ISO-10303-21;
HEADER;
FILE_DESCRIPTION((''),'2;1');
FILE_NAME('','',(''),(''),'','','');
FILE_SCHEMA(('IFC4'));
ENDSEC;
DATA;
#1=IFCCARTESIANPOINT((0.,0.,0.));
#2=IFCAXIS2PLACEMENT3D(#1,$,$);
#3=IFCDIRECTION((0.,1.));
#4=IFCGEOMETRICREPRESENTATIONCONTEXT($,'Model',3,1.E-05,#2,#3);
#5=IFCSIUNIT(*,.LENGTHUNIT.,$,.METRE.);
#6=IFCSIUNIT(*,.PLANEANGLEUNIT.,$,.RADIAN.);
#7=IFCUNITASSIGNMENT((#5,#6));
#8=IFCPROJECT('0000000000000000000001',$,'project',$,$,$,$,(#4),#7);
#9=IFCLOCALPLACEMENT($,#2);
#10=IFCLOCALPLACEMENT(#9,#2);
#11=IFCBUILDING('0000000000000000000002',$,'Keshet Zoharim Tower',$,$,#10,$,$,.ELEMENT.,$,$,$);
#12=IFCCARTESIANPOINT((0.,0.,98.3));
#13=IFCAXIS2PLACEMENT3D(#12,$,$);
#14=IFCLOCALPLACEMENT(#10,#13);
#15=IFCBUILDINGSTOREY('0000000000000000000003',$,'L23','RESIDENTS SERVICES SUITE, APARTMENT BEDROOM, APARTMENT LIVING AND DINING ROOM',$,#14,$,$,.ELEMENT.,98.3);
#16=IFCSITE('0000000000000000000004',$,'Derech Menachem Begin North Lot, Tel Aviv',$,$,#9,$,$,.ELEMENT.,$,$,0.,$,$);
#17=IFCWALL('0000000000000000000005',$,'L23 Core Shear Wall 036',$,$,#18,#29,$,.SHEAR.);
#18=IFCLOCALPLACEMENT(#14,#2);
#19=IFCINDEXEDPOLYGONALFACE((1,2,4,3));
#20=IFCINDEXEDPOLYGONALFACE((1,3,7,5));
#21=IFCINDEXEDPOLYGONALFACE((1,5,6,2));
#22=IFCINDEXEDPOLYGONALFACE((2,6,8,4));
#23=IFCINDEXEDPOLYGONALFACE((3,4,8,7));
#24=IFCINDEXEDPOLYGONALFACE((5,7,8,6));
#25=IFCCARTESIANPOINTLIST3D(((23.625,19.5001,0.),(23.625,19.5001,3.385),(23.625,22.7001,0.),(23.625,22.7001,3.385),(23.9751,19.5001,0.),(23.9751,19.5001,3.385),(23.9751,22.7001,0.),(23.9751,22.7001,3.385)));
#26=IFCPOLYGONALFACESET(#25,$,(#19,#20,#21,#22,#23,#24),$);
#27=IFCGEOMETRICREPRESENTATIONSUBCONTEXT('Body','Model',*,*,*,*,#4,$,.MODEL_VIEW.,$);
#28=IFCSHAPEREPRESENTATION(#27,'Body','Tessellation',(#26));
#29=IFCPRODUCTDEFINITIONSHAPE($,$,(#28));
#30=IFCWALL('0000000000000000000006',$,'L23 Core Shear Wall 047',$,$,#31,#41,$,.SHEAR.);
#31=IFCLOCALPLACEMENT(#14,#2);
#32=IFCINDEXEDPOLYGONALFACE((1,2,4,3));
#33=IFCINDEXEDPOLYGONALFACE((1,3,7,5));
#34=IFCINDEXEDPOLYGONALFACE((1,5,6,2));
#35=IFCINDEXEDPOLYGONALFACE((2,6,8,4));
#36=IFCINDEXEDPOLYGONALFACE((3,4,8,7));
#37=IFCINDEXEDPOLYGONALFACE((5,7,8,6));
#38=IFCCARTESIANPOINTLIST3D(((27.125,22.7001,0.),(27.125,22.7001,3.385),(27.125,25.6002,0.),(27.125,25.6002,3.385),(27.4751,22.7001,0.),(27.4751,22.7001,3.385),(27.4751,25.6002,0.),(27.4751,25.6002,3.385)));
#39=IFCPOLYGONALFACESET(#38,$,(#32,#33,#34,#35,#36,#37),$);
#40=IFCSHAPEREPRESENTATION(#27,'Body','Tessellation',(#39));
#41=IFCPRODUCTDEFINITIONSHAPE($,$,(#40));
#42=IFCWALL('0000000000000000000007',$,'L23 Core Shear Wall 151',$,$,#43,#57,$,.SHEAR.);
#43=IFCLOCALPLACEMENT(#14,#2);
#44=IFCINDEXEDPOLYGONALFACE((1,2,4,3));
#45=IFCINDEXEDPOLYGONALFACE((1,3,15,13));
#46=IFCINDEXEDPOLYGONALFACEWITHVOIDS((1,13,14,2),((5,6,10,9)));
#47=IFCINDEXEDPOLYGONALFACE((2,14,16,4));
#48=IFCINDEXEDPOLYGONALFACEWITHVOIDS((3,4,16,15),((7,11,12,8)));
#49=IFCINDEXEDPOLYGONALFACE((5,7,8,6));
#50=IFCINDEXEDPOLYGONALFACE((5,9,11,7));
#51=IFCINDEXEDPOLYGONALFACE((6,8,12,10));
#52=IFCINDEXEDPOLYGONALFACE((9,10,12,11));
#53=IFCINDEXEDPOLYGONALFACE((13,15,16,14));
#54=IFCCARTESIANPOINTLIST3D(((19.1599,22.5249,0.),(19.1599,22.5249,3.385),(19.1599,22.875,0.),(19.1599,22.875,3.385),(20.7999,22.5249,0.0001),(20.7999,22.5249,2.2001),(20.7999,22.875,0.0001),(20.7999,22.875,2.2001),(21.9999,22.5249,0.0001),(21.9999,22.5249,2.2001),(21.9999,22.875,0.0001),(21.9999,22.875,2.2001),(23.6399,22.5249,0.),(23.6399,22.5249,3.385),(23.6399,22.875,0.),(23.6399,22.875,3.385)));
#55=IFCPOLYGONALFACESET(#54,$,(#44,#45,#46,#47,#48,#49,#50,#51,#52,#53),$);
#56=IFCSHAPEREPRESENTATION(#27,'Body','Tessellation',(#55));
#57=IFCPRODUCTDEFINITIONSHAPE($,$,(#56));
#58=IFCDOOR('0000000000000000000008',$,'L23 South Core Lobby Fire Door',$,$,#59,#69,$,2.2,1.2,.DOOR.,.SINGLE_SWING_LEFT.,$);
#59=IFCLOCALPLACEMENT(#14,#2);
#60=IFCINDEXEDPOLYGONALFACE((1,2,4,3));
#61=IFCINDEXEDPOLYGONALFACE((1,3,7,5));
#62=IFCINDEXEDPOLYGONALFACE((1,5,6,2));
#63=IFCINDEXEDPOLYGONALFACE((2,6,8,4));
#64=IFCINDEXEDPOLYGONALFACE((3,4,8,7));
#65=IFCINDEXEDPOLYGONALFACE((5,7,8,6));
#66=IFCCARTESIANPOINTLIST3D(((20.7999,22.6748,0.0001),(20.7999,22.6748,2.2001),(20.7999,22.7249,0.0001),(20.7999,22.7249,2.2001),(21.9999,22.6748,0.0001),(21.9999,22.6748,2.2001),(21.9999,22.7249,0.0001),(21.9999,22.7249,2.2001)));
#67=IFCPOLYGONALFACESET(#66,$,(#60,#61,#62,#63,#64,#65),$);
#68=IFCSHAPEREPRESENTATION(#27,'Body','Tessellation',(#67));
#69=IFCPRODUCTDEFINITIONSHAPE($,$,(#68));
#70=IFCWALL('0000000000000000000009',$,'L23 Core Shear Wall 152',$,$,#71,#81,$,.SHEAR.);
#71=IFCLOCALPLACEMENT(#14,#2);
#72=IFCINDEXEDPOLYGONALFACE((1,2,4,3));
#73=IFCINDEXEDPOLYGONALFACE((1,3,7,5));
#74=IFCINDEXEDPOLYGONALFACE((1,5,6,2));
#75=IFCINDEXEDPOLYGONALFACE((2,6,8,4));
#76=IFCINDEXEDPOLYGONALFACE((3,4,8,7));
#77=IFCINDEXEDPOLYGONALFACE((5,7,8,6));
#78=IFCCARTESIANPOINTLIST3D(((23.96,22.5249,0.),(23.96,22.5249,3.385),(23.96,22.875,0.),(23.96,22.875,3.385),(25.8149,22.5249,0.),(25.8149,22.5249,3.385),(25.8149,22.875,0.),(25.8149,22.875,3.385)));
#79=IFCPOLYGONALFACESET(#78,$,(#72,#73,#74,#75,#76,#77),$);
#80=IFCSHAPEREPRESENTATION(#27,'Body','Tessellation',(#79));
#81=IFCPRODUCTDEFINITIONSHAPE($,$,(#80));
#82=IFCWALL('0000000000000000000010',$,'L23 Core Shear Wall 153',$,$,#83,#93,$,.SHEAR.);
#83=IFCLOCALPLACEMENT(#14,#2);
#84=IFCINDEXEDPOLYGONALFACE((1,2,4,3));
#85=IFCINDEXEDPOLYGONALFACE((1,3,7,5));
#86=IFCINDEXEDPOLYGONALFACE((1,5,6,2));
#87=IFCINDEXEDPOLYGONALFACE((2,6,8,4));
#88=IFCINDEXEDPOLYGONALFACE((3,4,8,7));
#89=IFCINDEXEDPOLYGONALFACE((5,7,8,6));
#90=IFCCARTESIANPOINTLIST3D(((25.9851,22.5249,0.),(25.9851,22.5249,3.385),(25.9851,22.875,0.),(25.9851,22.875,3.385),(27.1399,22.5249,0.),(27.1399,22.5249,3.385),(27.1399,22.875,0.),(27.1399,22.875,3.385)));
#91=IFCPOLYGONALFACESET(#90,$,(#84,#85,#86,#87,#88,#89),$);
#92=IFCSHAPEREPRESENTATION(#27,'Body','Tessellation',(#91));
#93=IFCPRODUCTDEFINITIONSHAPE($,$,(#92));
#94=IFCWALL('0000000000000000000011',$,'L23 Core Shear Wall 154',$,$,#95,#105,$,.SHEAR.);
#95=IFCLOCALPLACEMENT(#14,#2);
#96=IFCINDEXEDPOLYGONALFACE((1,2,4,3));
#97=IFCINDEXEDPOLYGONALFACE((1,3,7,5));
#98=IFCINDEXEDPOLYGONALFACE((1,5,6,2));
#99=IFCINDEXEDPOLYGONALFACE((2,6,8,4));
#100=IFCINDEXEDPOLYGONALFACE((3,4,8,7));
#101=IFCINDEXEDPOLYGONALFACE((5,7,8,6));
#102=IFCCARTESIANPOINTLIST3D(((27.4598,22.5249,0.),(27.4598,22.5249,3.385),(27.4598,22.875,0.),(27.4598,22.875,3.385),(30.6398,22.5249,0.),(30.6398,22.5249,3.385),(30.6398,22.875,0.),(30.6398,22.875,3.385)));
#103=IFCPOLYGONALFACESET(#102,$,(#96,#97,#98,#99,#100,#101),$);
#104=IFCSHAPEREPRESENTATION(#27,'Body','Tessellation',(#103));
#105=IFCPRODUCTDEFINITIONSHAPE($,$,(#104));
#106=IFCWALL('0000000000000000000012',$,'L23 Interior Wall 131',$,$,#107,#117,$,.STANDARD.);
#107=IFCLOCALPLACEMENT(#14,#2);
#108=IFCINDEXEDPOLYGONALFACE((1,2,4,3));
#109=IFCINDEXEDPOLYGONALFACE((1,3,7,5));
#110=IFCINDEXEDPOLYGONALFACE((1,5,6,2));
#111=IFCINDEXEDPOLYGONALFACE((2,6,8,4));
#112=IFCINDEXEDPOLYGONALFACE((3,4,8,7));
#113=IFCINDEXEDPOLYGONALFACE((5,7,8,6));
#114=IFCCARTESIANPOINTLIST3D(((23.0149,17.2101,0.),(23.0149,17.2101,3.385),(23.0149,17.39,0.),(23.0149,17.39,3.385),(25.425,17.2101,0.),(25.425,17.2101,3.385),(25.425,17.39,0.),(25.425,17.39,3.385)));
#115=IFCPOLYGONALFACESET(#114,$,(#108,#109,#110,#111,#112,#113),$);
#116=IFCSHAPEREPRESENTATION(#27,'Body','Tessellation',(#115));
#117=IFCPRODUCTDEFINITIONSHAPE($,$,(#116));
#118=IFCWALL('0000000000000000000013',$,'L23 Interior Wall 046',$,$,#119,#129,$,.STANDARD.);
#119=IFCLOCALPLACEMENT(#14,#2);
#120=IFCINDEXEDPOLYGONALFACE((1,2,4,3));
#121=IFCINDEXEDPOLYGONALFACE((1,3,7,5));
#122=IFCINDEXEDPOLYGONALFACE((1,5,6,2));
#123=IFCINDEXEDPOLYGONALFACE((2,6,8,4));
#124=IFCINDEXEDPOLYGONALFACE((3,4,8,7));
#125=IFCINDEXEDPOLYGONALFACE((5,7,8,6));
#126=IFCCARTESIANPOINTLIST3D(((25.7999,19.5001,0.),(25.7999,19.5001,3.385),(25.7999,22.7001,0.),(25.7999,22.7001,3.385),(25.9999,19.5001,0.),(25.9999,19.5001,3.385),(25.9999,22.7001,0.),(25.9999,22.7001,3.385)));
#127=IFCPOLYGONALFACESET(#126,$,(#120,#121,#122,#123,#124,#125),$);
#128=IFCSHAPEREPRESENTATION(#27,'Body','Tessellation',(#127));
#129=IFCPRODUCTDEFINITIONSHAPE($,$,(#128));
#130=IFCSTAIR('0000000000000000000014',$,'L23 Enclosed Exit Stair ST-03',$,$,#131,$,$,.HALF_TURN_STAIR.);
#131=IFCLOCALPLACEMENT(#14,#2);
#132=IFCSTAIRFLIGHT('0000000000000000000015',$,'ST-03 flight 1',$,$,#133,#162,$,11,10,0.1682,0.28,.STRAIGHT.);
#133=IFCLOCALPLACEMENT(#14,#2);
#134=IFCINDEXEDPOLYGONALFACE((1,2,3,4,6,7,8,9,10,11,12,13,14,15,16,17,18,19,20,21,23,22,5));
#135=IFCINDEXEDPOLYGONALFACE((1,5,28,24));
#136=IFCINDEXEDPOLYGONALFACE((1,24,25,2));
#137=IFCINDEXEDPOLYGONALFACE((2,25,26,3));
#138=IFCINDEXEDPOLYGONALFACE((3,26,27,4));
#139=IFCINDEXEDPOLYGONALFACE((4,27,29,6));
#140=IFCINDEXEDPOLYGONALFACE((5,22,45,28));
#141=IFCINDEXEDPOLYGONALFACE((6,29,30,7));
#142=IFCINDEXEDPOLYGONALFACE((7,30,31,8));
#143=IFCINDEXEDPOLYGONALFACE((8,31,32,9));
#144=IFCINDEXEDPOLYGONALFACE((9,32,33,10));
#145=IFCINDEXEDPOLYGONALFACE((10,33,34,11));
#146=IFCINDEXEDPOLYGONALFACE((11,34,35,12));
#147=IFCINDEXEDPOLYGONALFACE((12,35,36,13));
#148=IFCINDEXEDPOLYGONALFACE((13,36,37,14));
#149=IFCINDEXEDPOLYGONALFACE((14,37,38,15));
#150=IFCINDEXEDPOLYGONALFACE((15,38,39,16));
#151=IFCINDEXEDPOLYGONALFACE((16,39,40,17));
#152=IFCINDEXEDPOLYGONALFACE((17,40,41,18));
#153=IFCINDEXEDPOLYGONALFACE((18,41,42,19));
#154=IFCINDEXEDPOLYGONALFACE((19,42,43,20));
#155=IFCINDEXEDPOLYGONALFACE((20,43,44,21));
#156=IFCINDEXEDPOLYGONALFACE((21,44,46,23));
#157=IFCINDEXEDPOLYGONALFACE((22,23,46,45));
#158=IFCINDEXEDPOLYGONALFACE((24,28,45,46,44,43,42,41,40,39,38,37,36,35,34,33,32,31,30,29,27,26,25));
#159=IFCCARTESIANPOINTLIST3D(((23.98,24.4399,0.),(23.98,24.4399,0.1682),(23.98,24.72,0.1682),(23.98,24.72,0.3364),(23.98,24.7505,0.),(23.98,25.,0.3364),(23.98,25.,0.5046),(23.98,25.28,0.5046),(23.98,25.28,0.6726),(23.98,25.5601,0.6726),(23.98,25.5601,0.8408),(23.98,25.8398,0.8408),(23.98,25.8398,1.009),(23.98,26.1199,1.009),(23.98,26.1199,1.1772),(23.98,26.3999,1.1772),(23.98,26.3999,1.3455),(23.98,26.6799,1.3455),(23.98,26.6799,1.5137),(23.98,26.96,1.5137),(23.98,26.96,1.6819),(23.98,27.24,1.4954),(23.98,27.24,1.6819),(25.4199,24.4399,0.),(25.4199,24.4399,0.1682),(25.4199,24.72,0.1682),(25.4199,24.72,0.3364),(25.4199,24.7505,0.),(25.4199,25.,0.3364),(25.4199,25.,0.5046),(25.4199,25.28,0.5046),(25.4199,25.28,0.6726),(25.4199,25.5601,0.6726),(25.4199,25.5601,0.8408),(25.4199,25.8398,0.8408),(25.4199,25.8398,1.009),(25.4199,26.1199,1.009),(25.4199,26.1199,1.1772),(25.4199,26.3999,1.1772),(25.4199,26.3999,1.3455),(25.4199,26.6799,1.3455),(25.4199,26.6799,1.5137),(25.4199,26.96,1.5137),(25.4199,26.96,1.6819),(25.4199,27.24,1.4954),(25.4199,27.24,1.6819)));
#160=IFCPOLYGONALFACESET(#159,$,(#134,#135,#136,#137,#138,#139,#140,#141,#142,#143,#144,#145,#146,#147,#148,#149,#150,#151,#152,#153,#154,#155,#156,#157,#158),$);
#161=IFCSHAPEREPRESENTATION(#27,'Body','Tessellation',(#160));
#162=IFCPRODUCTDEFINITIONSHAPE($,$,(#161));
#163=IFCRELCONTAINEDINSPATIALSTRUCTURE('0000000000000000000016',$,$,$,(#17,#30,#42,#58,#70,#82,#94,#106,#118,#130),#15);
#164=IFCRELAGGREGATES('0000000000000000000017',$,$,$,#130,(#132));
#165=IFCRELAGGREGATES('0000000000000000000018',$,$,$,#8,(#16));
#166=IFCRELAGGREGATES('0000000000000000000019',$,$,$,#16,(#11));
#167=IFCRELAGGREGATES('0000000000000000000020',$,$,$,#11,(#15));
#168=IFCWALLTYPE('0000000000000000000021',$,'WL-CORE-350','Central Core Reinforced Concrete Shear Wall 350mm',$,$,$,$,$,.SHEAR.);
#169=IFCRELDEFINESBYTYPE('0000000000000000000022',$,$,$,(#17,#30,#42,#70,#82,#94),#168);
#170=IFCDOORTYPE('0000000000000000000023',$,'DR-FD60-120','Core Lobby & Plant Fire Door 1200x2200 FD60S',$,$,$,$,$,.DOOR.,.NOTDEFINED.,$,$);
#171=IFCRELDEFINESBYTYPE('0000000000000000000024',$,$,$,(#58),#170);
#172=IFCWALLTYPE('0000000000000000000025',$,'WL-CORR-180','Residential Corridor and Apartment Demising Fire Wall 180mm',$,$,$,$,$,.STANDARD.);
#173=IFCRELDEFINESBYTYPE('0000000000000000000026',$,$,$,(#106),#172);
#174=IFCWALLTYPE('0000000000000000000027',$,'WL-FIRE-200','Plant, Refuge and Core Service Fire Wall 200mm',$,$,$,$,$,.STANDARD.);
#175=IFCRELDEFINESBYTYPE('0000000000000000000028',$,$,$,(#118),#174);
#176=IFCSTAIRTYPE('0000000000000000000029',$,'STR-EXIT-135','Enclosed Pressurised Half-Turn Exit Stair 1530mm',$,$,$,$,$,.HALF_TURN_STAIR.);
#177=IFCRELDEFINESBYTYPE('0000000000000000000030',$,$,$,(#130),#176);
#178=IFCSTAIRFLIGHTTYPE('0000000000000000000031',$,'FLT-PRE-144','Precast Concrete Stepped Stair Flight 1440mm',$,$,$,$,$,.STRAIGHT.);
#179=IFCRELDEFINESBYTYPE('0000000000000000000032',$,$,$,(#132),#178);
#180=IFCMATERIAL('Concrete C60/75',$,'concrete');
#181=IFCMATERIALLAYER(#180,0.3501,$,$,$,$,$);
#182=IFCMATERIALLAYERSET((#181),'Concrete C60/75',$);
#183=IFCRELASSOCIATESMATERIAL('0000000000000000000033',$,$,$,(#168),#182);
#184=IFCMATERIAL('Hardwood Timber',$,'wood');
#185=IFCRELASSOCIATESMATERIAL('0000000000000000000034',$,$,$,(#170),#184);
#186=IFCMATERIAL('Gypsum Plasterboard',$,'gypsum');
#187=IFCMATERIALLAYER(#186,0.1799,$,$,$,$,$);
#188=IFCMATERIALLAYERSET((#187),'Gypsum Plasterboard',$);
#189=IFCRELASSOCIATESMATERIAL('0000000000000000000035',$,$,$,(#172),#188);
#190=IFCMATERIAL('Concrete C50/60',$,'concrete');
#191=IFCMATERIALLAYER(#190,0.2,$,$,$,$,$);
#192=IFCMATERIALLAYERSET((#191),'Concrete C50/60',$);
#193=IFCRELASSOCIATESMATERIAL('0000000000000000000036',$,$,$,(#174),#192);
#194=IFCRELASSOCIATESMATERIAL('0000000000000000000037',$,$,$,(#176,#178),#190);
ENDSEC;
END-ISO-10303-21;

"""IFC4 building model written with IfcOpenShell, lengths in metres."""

from ifc_helpers import new_model, si_unit, direction, frame, frame_2d, origin, place, context, subcontext, project, spatial, polyline, rectangle, outline, extrude, material, layer, layer_set, type_object, element, fill, aggregate, save


model = new_model("IFC4")

# Units and contexts
model_context = context("Model", 3, precision=1e-05, world=origin(), true_north=direction((0.0, 1.0)))
body_context = subcontext(model_context, "Body", "Model", "MODEL_VIEW")
ifc_project = project(units=[si_unit("LENGTHUNIT", "METRE"), si_unit("PLANEANGLEUNIT", "RADIAN")], contexts=[model_context])

# Site, building, storey
site_placement = place(None, origin())
site = spatial("IfcSite", under=ifc_project, at=site_placement, Name="Derech Menachem Begin North Lot, Tel Aviv", CompositionType="ELEMENT", RefElevation=0.0)
building_placement = place(site_placement, origin())
building = spatial("IfcBuilding", under=site, at=building_placement, Name="Keshet Zoharim Tower", CompositionType="ELEMENT")
storey_placement = place(building_placement, frame((0.0, 0.0, 98.3)))
storey = spatial("IfcBuildingStorey", under=building, at=storey_placement, Name="L23", Description="RESIDENTS SERVICES SUITE, APARTMENT BEDROOM, APARTMENT LIVING AND DINING ROOM", CompositionType="ELEMENT", Elevation=98.3)

# Wall
ifc_material_1 = material(Name="Concrete C60/75", Category="concrete")
ifc_layer_1 = layer(ifc_material_1, 0.3501)
ifc_layer_set_1 = layer_set([ifc_layer_1], Name="Concrete C60/75")
wall_type_1 = type_object("IfcWallType", Name="WL-CORE-350", Description="Central Core Reinforced Concrete Shear Wall 350mm", PredefinedType="SHEAR", material=ifc_layer_set_1)
wall_1_placement = place(storey_placement, frame((23.8, 19.5, 0.0), z_axis=(0.0, 0.0, 1.0), x_axis=(0.0, 1.0, 0.0)))
element("IfcWall", 1, at=wall_1_placement, inside=storey, type_object=wall_type_1, Name="L23 Core Shear Wall 036", PredefinedType="SHEAR", context=body_context, shape_type="SweptSolid", body=[
    extrude(rectangle(XDim=3.2, YDim=0.3501, at=frame_2d((1.6001, 0.0))), origin(), (0.0, 0.0, 1.0), 3.385),
])

# Shared definitions
ifc_material_2 = material(Name="Hardwood Timber", Category="wood")

# Wall
wall_2_placement = place(storey_placement, frame((27.3, 22.7, 0.0), z_axis=(0.0, 0.0, 1.0), x_axis=(0.0, 1.0, 0.0)))
element("IfcWall", 2, at=wall_2_placement, inside=storey, type_object=wall_type_1, Name="L23 Core Shear Wall 047", PredefinedType="SHEAR", context=body_context, shape_type="SweptSolid", body=[
    extrude(rectangle(XDim=2.9001, YDim=0.3501, at=frame_2d((1.4502, 0.0))), origin(), (0.0, 0.0, 1.0), 3.385),
])

# Wall, opening, door
wall_3_placement = place(storey_placement, frame((19.1599, 22.7, 0.0), z_axis=(0.0, 0.0, 1.0), x_axis=(1.0, 0.0, 0.0)))
wall_3 = element("IfcWall", 3, at=wall_3_placement, inside=storey, type_object=wall_type_1, Name="L23 Core Shear Wall 151", PredefinedType="SHEAR", context=body_context, shape_type="SweptSolid", body=[
    extrude(rectangle(XDim=4.48, YDim=0.3501, at=frame_2d((2.24, 0.0))), origin(), (0.0, 0.0, 1.0), 3.385),
])
opening_1_placement = place(wall_3_placement, frame((1.6399, 0.0, 0.0)))
opening_1 = element("IfcOpeningElement", 4, at=opening_1_placement, cuts=wall_3, PredefinedType="OPENING", context=body_context, shape_type="SweptSolid", body=[
    extrude(rectangle(XDim=1.2, YDim=2.2, at=frame_2d((0.6001, 1.1001))), frame((0.0, 0.1851, 0.0), z_axis=(0.0, -1.0, 0.0), x_axis=(1.0, 0.0, 0.0)), (0.0, 0.0, 1.0), 0.3701),
])
door_type_1 = type_object("IfcDoorType", Name="DR-FD60-120", Description="Core Lobby & Plant Fire Door 1200x2200 FD60S", OperationType="NOTDEFINED", PredefinedType="DOOR", material=ifc_material_2)
door_1_placement = place(opening_1_placement, origin())
door_1 = element("IfcDoor", 5, at=door_1_placement, inside=storey, type_object=door_type_1, Name="L23 South Core Lobby Fire Door", OperationType="SINGLE_SWING_LEFT", OverallHeight=2.2, OverallWidth=1.2, PredefinedType="DOOR", context=body_context, shape_type="SweptSolid", body=[
    extrude(rectangle(XDim=1.2, YDim=2.2, at=frame_2d((0.6001, 1.1001))), frame((0.0, 0.0249, 0.0), z_axis=(0.0, -1.0, 0.0), x_axis=(1.0, 0.0, 0.0)), (0.0, 0.0, 1.0), 0.05),
])
fill(opening_1, door_1)

# Walls
wall_4_placement = place(storey_placement, frame((23.96, 22.7, 0.0), z_axis=(0.0, 0.0, 1.0), x_axis=(1.0, 0.0, 0.0)))
element("IfcWall", 6, at=wall_4_placement, inside=storey, type_object=wall_type_1, Name="L23 Core Shear Wall 152", PredefinedType="SHEAR", context=body_context, shape_type="SweptSolid", body=[
    extrude(rectangle(XDim=1.855, YDim=0.3501, at=frame_2d((0.9275, 0.0))), origin(), (0.0, 0.0, 1.0), 3.385),
])
wall_5_placement = place(storey_placement, frame((25.9851, 22.7, 0.0), z_axis=(0.0, 0.0, 1.0), x_axis=(1.0, 0.0, 0.0)))
element("IfcWall", 7, at=wall_5_placement, inside=storey, type_object=wall_type_1, Name="L23 Core Shear Wall 153", PredefinedType="SHEAR", context=body_context, shape_type="SweptSolid", body=[
    extrude(rectangle(XDim=1.1548, YDim=0.3501, at=frame_2d((0.5774, 0.0))), origin(), (0.0, 0.0, 1.0), 3.385),
])
wall_6_placement = place(storey_placement, frame((27.46, 22.7, 0.0), z_axis=(0.0, 0.0, 1.0), x_axis=(1.0, 0.0, 0.0)))
element("IfcWall", 8, at=wall_6_placement, inside=storey, type_object=wall_type_1, Name="L23 Core Shear Wall 154", PredefinedType="SHEAR", context=body_context, shape_type="SweptSolid", body=[
    extrude(rectangle(XDim=3.1799, YDim=0.3501, at=frame_2d((1.5898, 0.0))), origin(), (0.0, 0.0, 1.0), 3.385),
])
ifc_material_3 = material(Name="Gypsum Plasterboard", Category="gypsum")
ifc_layer_2 = layer(ifc_material_3, 0.1799)
ifc_layer_set_2 = layer_set([ifc_layer_2], Name="Gypsum Plasterboard")
wall_type_2 = type_object("IfcWallType", Name="WL-CORR-180", Description="Residential Corridor and Apartment Demising Fire Wall 180mm", PredefinedType="STANDARD", material=ifc_layer_set_2)
wall_7_placement = place(storey_placement, frame((23.0149, 17.3, 0.0), z_axis=(0.0, 0.0, 1.0), x_axis=(1.0, 0.0, 0.0)))
element("IfcWall", 9, at=wall_7_placement, inside=storey, type_object=wall_type_2, Name="L23 Interior Wall 131", PredefinedType="STANDARD", context=body_context, shape_type="SweptSolid", body=[
    extrude(rectangle(XDim=2.4102, YDim=0.1799, at=frame_2d((1.2051, 0.0))), origin(), (0.0, 0.0, 1.0), 3.385),
])

# Wall
ifc_material_4 = material(Name="Concrete C50/60", Category="concrete")
ifc_layer_3 = layer(ifc_material_4, 0.2)
ifc_layer_set_3 = layer_set([ifc_layer_3], Name="Concrete C50/60")
wall_type_3 = type_object("IfcWallType", Name="WL-FIRE-200", Description="Plant, Refuge and Core Service Fire Wall 200mm", PredefinedType="STANDARD", material=ifc_layer_set_3)
wall_8_placement = place(storey_placement, frame((25.8999, 19.5, 0.0), z_axis=(0.0, 0.0, 1.0), x_axis=(0.0, 1.0, 0.0)))
element("IfcWall", 10, at=wall_8_placement, inside=storey, type_object=wall_type_3, Name="L23 Interior Wall 046", PredefinedType="STANDARD", context=body_context, shape_type="SweptSolid", body=[
    extrude(rectangle(XDim=3.2, YDim=0.2, at=frame_2d((1.6001, 0.0))), origin(), (0.0, 0.0, 1.0), 3.385),
])

# Stair, stair flight
stair_type = type_object("IfcStairType", Name="STR-EXIT-135", Description="Enclosed Pressurised Half-Turn Exit Stair 1530mm", PredefinedType="HALF_TURN_STAIR", material=ifc_material_4)
stair_placement = place(storey_placement, origin())
stair = element("IfcStair", 11, at=stair_placement, inside=storey, type_object=stair_type, Name="L23 Enclosed Exit Stair ST-03", PredefinedType="HALF_TURN_STAIR")
stair_flight_type = type_object("IfcStairFlightType", Name="FLT-PRE-144", Description="Precast Concrete Stepped Stair Flight 1440mm", PredefinedType="STRAIGHT", material=ifc_material_4)
stair_flight_placement = place(storey_placement, frame((24.7, 24.4399, 0.0), z_axis=(0.0, 0.0, 1.0), x_axis=(0.0, 1.0, 0.0)))
stair_flight = element("IfcStairFlight", 12, at=stair_flight_placement, type_object=stair_flight_type, Name="ST-03 flight 1", NumberOfRisers=11, NumberOfTreads=10, PredefinedType="STRAIGHT", RiserHeight=0.1682, TreadLength=0.28, context=body_context, shape_type="SweptSolid", body=[
    extrude(outline(polyline([(0.0, 0.0), (0.0, 0.1682), (0.28, 0.1682), (0.28, 0.3364), (0.5601, 0.3364), (0.5601, 0.5046), (0.8401, 0.5046), (0.8401, 0.6726), (1.1201, 0.6726), (1.1201, 0.8408), (1.3999, 0.8408), (1.3999, 1.009), (1.6799, 1.009), (1.6799, 1.1772), (1.96, 1.1772), (1.96, 1.3455), (2.24, 1.3455), (2.24, 1.5137), (2.52, 1.5137), (2.52, 1.6819), (2.8, 1.6819), (2.8, 1.8501), (2.8, 1.4954), (0.3105, 0.0), (0.0, 0.0)])), frame((0.0, 0.72, 0.0), z_axis=(0.0, -1.0, 0.0), x_axis=(1.0, 0.0, 0.0)), (0.0, 0.0, 1.0), 1.4399),
])
aggregate(stair, [stair_flight])

save(model, "model.ifc")
